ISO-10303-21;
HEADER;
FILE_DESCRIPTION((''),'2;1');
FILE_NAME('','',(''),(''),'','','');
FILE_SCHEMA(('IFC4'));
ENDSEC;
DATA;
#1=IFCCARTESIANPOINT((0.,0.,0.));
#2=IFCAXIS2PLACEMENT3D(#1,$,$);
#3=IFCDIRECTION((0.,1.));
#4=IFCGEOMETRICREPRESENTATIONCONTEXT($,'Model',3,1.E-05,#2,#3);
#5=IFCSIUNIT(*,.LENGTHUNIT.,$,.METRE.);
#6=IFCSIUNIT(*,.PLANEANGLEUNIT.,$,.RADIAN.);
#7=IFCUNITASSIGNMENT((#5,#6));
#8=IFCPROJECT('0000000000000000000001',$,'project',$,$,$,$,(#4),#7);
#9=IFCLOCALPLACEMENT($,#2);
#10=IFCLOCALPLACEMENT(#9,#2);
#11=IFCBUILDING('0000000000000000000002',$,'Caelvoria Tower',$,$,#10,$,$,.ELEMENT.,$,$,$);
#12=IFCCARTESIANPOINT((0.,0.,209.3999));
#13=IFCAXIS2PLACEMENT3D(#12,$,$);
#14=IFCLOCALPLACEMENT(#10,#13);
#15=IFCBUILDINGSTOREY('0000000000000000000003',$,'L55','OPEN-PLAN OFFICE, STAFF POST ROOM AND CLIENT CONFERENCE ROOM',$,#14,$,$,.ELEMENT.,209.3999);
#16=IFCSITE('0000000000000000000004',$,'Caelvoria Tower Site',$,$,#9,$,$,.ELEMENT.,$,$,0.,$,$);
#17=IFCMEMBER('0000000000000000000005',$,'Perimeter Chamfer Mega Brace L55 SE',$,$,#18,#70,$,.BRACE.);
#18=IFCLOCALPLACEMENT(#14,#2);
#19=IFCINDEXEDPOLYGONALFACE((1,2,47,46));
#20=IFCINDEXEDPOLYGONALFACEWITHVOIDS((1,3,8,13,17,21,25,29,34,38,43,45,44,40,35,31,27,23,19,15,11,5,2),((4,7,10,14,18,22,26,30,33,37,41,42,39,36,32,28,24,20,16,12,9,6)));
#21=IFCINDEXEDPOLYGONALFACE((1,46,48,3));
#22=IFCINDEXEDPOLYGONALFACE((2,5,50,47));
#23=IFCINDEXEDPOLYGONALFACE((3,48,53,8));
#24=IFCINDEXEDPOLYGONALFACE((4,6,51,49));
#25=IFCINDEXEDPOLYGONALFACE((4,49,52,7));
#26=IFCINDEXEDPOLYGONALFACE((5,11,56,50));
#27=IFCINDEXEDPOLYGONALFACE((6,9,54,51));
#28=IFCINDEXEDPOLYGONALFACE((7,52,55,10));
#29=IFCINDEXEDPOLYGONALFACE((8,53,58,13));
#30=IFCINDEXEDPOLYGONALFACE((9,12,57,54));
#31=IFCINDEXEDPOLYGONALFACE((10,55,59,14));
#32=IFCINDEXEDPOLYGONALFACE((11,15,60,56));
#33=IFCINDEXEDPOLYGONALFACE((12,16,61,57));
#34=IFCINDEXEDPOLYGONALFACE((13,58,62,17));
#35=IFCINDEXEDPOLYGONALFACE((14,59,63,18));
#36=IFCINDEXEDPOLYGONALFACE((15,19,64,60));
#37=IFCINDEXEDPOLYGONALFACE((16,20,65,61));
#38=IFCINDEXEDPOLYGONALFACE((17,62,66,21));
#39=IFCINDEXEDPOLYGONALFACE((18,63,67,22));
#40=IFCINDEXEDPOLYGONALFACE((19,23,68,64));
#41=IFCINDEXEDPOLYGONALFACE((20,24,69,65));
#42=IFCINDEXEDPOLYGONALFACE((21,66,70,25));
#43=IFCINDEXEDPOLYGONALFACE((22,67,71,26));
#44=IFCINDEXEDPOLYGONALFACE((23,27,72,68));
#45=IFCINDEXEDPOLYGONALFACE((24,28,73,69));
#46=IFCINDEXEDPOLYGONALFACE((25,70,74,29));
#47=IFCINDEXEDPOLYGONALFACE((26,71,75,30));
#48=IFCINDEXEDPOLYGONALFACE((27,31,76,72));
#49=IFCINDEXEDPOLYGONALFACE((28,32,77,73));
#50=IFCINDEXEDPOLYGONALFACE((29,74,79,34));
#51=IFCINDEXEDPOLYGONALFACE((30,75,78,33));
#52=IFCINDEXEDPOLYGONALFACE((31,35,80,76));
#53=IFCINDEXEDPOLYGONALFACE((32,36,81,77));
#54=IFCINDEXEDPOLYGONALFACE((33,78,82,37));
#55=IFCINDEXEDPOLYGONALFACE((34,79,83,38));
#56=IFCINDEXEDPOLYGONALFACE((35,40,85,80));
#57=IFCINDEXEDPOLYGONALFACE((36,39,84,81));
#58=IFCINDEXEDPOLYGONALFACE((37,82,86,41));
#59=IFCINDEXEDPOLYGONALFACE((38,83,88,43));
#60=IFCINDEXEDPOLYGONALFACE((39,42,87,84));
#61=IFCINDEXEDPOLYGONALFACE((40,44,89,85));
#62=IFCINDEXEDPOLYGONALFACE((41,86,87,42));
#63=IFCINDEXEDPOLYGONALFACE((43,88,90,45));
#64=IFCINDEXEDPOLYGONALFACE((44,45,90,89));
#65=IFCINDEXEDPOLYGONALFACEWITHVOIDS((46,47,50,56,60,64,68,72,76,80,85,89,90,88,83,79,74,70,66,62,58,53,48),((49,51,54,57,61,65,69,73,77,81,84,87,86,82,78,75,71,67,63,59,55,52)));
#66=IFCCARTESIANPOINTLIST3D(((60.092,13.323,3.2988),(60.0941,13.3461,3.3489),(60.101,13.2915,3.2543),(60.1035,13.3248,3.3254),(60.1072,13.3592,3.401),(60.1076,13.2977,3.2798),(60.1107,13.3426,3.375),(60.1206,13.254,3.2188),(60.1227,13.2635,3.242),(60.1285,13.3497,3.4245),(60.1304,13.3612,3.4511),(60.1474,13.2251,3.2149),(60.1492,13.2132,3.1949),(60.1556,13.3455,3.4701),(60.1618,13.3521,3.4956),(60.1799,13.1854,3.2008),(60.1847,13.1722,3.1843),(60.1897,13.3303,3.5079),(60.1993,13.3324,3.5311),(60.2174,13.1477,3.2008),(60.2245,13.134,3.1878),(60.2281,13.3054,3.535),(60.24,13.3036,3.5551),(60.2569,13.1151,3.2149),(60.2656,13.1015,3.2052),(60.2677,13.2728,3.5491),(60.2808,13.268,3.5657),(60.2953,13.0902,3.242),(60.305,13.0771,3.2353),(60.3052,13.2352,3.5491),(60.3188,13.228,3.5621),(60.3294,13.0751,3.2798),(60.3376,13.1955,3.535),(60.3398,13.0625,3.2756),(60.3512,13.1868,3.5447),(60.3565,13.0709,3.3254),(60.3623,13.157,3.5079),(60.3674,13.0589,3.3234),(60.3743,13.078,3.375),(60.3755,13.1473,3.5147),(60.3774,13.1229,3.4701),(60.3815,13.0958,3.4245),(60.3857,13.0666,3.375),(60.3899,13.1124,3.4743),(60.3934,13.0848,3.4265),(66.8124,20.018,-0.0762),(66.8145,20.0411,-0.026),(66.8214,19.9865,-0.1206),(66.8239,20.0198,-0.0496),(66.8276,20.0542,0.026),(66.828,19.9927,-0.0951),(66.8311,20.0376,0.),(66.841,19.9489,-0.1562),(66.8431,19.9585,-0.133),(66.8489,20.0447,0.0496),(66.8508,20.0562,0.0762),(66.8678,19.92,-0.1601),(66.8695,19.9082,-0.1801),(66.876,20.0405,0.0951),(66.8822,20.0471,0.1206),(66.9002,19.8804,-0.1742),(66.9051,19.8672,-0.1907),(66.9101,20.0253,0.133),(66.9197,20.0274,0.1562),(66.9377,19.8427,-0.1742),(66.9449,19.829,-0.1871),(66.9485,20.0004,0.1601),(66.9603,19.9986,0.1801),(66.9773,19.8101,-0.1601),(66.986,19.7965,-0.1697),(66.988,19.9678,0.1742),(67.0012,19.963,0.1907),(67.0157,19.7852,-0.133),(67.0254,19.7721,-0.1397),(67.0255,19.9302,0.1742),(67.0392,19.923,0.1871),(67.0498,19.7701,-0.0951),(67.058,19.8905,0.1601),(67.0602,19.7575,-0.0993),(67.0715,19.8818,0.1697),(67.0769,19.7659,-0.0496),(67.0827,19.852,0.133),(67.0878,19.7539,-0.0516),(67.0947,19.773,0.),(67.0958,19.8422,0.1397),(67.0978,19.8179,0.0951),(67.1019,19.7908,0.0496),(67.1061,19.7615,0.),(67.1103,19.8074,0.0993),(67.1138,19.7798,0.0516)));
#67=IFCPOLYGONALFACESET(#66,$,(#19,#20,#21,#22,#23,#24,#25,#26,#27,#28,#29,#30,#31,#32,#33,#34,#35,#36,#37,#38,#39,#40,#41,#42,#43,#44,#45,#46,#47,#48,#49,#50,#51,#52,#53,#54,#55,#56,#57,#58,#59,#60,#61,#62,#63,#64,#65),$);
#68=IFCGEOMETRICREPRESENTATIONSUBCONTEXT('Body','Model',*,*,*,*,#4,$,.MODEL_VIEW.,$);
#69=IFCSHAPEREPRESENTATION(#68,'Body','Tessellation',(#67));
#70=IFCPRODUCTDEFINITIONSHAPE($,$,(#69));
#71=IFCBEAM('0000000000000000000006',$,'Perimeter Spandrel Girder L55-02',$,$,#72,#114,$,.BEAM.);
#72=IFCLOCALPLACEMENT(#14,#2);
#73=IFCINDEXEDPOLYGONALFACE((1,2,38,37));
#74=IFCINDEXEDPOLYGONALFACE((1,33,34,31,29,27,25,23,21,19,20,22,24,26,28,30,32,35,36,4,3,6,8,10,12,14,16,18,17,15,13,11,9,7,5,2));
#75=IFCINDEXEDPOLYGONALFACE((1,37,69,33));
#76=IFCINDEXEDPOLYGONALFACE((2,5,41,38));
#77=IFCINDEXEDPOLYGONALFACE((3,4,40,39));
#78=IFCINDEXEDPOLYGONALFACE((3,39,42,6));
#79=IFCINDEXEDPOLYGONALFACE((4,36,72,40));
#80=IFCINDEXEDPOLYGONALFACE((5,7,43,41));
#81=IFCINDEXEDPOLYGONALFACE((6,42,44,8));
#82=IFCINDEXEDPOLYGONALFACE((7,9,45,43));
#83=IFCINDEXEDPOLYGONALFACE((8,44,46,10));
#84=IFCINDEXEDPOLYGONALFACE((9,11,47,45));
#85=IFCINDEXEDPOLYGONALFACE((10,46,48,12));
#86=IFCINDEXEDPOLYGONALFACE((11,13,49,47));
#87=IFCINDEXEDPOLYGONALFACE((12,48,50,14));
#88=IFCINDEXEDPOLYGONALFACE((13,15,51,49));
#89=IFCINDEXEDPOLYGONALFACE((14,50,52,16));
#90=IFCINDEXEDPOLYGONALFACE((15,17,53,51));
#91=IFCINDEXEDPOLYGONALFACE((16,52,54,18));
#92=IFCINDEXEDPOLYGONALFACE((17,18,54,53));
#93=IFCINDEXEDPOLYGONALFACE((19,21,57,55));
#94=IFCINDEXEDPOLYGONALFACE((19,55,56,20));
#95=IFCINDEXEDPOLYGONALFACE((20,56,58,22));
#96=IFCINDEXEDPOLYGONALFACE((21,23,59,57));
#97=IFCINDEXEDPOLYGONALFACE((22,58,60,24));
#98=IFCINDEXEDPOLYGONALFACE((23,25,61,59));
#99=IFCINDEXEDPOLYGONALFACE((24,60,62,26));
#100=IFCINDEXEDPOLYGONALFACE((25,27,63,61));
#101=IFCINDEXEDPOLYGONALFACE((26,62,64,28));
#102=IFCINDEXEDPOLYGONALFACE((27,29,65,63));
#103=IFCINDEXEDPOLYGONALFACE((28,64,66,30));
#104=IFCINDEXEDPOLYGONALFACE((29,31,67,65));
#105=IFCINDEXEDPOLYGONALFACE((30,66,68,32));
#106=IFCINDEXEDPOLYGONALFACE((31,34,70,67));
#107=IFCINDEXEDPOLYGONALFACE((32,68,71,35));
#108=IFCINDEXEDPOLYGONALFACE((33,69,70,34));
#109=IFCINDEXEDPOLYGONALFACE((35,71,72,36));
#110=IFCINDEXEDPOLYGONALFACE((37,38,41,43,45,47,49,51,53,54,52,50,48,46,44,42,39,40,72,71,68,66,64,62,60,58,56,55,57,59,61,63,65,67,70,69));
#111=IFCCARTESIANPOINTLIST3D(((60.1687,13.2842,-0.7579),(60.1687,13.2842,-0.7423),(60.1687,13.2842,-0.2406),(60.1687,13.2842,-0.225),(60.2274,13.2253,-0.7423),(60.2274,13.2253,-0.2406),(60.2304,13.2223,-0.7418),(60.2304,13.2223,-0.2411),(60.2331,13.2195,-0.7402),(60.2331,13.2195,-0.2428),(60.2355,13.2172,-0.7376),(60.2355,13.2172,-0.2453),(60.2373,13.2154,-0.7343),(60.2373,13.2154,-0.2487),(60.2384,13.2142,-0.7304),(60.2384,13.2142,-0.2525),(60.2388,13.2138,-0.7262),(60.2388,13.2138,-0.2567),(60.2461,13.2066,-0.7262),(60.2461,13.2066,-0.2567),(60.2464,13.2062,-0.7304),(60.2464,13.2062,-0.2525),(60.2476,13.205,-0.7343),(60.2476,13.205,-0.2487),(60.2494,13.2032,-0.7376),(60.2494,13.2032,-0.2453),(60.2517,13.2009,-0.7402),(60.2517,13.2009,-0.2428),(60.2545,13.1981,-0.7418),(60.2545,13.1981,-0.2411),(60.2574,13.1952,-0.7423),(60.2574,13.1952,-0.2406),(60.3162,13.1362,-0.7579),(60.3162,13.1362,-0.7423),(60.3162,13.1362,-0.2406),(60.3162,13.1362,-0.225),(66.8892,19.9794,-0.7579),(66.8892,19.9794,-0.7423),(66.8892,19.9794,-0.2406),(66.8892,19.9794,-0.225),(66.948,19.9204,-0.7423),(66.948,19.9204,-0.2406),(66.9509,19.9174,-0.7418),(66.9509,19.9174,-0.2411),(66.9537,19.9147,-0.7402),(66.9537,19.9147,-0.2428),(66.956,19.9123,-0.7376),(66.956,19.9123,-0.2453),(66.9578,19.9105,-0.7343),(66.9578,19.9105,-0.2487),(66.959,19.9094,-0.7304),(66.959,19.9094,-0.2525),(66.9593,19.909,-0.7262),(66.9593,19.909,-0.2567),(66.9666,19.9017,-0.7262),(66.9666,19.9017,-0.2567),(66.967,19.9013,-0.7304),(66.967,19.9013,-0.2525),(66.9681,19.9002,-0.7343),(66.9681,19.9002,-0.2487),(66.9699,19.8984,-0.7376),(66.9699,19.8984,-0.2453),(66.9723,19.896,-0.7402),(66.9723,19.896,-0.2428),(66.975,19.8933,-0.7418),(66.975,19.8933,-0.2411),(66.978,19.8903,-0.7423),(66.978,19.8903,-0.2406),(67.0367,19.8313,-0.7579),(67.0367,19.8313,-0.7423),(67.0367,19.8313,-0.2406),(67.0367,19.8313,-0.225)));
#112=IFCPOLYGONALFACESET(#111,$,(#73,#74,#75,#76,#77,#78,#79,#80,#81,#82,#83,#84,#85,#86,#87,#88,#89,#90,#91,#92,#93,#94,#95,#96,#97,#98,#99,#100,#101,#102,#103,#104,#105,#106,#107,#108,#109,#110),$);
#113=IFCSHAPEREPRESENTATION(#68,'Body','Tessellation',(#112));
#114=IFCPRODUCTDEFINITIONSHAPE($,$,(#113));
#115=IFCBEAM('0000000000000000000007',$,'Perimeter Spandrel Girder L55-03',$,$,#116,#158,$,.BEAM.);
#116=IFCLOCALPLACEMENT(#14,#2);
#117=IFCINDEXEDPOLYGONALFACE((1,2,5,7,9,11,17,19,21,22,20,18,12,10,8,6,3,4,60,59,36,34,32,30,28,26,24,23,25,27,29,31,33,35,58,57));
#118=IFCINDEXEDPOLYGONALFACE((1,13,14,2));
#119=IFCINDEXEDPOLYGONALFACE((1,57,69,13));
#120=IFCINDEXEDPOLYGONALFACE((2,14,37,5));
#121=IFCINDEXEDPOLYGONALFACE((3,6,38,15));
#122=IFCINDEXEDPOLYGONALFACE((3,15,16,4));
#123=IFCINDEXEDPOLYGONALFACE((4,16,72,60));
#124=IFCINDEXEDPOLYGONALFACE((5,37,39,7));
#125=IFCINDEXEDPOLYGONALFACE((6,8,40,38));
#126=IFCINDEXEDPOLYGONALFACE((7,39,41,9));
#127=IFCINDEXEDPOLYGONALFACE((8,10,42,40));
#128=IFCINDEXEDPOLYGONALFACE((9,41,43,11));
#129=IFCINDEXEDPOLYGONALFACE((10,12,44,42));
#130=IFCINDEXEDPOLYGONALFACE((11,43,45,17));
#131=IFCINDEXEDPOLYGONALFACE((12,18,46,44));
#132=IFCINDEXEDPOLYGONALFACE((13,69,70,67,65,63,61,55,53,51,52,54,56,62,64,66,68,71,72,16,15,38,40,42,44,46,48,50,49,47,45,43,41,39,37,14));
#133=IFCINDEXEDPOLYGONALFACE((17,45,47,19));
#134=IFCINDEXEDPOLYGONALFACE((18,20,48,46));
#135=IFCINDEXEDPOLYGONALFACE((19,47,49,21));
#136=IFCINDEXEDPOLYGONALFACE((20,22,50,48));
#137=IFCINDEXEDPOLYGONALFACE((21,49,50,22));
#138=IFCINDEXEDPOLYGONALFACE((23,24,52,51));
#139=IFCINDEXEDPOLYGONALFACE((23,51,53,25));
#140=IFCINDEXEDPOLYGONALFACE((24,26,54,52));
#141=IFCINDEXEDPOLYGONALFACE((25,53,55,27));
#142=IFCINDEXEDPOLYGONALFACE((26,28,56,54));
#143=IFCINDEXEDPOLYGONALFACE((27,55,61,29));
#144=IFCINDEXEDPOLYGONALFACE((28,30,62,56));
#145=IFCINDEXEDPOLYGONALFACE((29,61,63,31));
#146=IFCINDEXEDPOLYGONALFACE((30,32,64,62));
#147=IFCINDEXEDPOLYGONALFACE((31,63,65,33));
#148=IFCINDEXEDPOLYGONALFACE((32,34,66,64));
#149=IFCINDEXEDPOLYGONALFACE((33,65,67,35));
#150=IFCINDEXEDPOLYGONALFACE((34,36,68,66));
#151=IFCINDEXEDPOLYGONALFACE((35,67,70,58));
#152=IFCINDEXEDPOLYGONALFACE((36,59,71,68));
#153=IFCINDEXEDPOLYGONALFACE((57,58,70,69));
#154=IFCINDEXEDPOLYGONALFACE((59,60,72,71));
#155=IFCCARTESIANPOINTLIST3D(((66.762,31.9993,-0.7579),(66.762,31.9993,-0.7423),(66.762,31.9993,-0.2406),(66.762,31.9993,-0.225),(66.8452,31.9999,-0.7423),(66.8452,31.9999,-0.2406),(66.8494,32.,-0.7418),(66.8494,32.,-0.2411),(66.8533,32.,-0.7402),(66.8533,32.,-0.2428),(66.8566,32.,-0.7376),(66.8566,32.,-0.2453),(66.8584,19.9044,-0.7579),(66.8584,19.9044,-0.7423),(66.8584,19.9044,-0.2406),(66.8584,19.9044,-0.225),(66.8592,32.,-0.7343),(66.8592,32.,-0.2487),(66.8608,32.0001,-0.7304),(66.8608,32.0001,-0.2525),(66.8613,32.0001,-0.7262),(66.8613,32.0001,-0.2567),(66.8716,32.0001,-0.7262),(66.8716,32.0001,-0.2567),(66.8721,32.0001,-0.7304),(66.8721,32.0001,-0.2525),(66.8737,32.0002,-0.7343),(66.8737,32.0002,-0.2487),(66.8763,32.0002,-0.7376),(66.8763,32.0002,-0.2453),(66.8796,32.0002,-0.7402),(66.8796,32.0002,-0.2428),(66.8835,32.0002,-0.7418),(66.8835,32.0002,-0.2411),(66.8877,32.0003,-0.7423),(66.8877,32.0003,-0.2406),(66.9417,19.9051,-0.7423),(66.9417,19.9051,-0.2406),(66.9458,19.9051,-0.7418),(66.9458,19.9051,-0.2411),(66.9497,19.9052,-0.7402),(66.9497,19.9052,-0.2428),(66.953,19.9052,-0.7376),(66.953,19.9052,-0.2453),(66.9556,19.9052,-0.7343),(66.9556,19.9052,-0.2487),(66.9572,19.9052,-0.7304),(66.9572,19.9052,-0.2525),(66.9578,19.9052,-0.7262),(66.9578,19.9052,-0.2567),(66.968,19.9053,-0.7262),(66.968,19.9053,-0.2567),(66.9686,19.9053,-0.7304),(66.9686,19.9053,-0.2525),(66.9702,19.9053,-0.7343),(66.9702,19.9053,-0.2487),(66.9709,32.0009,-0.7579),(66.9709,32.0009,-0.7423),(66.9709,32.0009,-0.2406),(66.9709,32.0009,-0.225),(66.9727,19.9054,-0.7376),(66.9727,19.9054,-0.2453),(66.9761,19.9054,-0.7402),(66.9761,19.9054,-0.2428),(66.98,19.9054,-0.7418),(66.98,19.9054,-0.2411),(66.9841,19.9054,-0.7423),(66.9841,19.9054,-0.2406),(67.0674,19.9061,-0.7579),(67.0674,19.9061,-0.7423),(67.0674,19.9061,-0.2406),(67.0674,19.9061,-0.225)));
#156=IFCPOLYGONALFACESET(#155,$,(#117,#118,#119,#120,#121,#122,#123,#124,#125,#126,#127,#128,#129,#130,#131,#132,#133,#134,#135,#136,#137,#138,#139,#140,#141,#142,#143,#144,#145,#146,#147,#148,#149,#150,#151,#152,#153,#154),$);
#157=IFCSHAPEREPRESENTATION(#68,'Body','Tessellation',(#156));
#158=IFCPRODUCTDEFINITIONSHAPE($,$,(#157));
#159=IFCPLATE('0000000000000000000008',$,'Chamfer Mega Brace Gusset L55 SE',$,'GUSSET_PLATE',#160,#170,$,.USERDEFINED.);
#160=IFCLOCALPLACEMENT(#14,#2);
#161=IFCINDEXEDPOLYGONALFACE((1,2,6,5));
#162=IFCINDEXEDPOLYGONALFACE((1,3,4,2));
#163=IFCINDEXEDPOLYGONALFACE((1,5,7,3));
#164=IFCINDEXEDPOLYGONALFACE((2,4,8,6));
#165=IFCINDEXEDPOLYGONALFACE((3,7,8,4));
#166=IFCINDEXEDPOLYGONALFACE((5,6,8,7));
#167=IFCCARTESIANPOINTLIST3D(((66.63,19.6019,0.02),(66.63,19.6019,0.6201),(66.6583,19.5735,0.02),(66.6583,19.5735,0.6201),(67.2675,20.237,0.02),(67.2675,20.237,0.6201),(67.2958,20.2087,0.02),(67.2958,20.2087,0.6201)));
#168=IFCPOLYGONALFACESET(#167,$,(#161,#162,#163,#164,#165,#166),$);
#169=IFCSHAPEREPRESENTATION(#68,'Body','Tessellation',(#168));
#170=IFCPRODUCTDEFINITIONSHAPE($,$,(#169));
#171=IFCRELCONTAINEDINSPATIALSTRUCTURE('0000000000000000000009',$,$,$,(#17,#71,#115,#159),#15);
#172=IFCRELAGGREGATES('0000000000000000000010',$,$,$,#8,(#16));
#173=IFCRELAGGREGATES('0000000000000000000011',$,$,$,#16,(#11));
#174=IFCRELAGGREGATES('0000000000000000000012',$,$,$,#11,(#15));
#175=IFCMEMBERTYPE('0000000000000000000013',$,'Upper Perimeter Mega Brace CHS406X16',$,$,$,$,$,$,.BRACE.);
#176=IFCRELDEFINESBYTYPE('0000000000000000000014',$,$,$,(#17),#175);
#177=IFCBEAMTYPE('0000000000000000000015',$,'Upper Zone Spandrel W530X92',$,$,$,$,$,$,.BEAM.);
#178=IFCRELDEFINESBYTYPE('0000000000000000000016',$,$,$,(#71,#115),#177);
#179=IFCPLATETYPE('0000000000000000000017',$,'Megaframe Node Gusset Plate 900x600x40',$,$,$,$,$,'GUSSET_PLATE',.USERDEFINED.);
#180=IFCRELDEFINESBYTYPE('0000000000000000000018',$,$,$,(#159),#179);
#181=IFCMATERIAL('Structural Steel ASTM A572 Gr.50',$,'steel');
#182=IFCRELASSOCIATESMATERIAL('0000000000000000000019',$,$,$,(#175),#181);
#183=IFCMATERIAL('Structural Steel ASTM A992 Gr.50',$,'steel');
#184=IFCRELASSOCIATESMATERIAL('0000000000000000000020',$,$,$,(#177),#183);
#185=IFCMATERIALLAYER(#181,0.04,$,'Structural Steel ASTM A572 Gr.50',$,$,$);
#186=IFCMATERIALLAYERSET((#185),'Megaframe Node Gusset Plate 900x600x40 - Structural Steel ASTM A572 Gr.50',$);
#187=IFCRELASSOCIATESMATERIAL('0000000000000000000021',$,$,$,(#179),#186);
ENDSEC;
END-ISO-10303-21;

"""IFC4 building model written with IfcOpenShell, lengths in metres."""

from ifc_helpers import new_model, si_unit, direction, frame, origin, origin_2d, place, context, subcontext, project, spatial, rectangle, hollow_circle, i_section, extrude, material, layer, layer_set, material_profile, profile_set, type_object, element, save


model = new_model("IFC4")

# Units and contexts
model_context = context("Model", 3, precision=1e-05, world=origin(), true_north=direction((0.0, 1.0)))
body_context = subcontext(model_context, "Body", "Model", "MODEL_VIEW")
ifc_project = project(units=[si_unit("LENGTHUNIT", "METRE"), si_unit("PLANEANGLEUNIT", "RADIAN")], contexts=[model_context])

# Site, building, storey
site_placement = place(None, origin())
site = spatial("IfcSite", under=ifc_project, at=site_placement, Name="Caelvoria Tower Site", CompositionType="ELEMENT", RefElevation=0.0)
building_placement = place(site_placement, origin())
building = spatial("IfcBuilding", under=site, at=building_placement, Name="Caelvoria Tower", CompositionType="ELEMENT")
storey_placement = place(building_placement, frame((0.0, 0.0, 209.3999)))
storey = spatial("IfcBuildingStorey", under=building, at=storey_placement, Name="L55", Description="OPEN-PLAN OFFICE, STAFF POST ROOM AND CLIENT CONFERENCE ROOM", CompositionType="ELEMENT", Elevation=209.3999)

# Shared definitions
ifc_material_1 = material(Name="Structural Steel ASTM A572 Gr.50", Category="steel")
ifc_material_2 = material(Name="Structural Steel ASTM A992 Gr.50", Category="steel")

# Member
ifc_material_profile_1 = material_profile(ifc_material_1, hollow_circle(Radius=0.2029, WallThickness=0.0161, at=origin_2d()), Name="Structural Steel ASTM A572 Gr.50")
ifc_profile_set_1 = profile_set([ifc_material_profile_1], Name="CHS406X16 - Structural Steel ASTM A572 Gr.50")
member_type = type_object("IfcMemberType", Name="Upper Perimeter Mega Brace CHS406X16", PredefinedType="BRACE", material=ifc_profile_set_1)
member_placement = place(storey_placement, frame((66.9629, 19.9053, 0.0), z_axis=(-0.667459, -0.664937, 0.335197), x_axis=(0.705767, -0.708444, 0.0)))
element("IfcMember", 1, at=member_placement, inside=storey, type_object=member_type, Name="Perimeter Chamfer Mega Brace L55 SE", PredefinedType="BRACE", context=body_context, shape_type="SweptSolid", body=[
    extrude(hollow_circle(Radius=0.2029, WallThickness=0.0161, at=origin_2d()), origin(), (0.0, 0.0, 1.0), 10.0686),
])

# Beams
ifc_material_profile_2 = material_profile(ifc_material_2, i_section(OverallWidth=0.209, OverallDepth=0.533, WebThickness=0.0103, FlangeThickness=0.0156, FilletRadius=0.0161, at=origin_2d()), Name="Structural Steel ASTM A992 Gr.50")
ifc_profile_set_2 = profile_set([ifc_material_profile_2], Name="W530X92 - Structural Steel ASTM A992 Gr.50")
beam_type_1 = type_object("IfcBeamType", Name="Upper Zone Spandrel W530X92", PredefinedType="BEAM", material=ifc_profile_set_2)
beam_1_placement = place(storey_placement, frame((60.2424, 13.2102, -0.4915), z_axis=(0.708444, 0.705767, 0.0), x_axis=(-0.705767, 0.708444, 0.0)))
element("IfcBeam", 2, at=beam_1_placement, inside=storey, type_object=beam_type_1, Name="Perimeter Spandrel Girder L55-02", PredefinedType="BEAM", context=body_context, shape_type="SweptSolid", body=[
    extrude(i_section(OverallWidth=0.209, OverallDepth=0.533, WebThickness=0.0103, FlangeThickness=0.0156, FilletRadius=0.0161, at=origin_2d()), origin(), (0.0, 0.0, 1.0), 9.4863),
])
beam_2_placement = place(storey_placement, frame((66.9629, 19.9053, -0.4915), z_axis=(-0.007973, 0.999968, 0.0), x_axis=(-0.999968, -0.007973, 0.0)))
element("IfcBeam", 3, at=beam_2_placement, inside=storey, type_object=beam_type_1, Name="Perimeter Spandrel Girder L55-03", PredefinedType="BEAM", context=body_context, shape_type="SweptSolid", body=[
    extrude(i_section(OverallWidth=0.209, OverallDepth=0.533, WebThickness=0.0103, FlangeThickness=0.0156, FilletRadius=0.0161, at=origin_2d()), origin(), (0.0, 0.0, 1.0), 12.0952),
])

# Plate
ifc_layer_1 = layer(ifc_material_1, 0.04, Name="Structural Steel ASTM A572 Gr.50")
ifc_layer_set_1 = layer_set([ifc_layer_1], Name="Megaframe Node Gusset Plate 900x600x40 - Structural Steel ASTM A572 Gr.50")
plate_type = type_object("IfcPlateType", Name="Megaframe Node Gusset Plate 900x600x40", ElementType="GUSSET_PLATE", PredefinedType="USERDEFINED", material=ifc_layer_set_1)
plate_placement = place(storey_placement, frame((66.9629, 19.9053, 0.02), z_axis=(0.0, 0.0, 1.0), x_axis=(-0.70844, -0.705771, 0.0)))
element("IfcPlate", 4, at=plate_placement, inside=storey, type_object=plate_type, Name="Chamfer Mega Brace Gusset L55 SE", ObjectType="GUSSET_PLATE", PredefinedType="USERDEFINED", context=body_context, shape_type="SweptSolid", body=[
    extrude(rectangle(XDim=0.8999, YDim=0.04, at=origin_2d()), origin(), (0.0, 0.0, 1.0), 0.6001),
])

save(model, "model.ifc")
